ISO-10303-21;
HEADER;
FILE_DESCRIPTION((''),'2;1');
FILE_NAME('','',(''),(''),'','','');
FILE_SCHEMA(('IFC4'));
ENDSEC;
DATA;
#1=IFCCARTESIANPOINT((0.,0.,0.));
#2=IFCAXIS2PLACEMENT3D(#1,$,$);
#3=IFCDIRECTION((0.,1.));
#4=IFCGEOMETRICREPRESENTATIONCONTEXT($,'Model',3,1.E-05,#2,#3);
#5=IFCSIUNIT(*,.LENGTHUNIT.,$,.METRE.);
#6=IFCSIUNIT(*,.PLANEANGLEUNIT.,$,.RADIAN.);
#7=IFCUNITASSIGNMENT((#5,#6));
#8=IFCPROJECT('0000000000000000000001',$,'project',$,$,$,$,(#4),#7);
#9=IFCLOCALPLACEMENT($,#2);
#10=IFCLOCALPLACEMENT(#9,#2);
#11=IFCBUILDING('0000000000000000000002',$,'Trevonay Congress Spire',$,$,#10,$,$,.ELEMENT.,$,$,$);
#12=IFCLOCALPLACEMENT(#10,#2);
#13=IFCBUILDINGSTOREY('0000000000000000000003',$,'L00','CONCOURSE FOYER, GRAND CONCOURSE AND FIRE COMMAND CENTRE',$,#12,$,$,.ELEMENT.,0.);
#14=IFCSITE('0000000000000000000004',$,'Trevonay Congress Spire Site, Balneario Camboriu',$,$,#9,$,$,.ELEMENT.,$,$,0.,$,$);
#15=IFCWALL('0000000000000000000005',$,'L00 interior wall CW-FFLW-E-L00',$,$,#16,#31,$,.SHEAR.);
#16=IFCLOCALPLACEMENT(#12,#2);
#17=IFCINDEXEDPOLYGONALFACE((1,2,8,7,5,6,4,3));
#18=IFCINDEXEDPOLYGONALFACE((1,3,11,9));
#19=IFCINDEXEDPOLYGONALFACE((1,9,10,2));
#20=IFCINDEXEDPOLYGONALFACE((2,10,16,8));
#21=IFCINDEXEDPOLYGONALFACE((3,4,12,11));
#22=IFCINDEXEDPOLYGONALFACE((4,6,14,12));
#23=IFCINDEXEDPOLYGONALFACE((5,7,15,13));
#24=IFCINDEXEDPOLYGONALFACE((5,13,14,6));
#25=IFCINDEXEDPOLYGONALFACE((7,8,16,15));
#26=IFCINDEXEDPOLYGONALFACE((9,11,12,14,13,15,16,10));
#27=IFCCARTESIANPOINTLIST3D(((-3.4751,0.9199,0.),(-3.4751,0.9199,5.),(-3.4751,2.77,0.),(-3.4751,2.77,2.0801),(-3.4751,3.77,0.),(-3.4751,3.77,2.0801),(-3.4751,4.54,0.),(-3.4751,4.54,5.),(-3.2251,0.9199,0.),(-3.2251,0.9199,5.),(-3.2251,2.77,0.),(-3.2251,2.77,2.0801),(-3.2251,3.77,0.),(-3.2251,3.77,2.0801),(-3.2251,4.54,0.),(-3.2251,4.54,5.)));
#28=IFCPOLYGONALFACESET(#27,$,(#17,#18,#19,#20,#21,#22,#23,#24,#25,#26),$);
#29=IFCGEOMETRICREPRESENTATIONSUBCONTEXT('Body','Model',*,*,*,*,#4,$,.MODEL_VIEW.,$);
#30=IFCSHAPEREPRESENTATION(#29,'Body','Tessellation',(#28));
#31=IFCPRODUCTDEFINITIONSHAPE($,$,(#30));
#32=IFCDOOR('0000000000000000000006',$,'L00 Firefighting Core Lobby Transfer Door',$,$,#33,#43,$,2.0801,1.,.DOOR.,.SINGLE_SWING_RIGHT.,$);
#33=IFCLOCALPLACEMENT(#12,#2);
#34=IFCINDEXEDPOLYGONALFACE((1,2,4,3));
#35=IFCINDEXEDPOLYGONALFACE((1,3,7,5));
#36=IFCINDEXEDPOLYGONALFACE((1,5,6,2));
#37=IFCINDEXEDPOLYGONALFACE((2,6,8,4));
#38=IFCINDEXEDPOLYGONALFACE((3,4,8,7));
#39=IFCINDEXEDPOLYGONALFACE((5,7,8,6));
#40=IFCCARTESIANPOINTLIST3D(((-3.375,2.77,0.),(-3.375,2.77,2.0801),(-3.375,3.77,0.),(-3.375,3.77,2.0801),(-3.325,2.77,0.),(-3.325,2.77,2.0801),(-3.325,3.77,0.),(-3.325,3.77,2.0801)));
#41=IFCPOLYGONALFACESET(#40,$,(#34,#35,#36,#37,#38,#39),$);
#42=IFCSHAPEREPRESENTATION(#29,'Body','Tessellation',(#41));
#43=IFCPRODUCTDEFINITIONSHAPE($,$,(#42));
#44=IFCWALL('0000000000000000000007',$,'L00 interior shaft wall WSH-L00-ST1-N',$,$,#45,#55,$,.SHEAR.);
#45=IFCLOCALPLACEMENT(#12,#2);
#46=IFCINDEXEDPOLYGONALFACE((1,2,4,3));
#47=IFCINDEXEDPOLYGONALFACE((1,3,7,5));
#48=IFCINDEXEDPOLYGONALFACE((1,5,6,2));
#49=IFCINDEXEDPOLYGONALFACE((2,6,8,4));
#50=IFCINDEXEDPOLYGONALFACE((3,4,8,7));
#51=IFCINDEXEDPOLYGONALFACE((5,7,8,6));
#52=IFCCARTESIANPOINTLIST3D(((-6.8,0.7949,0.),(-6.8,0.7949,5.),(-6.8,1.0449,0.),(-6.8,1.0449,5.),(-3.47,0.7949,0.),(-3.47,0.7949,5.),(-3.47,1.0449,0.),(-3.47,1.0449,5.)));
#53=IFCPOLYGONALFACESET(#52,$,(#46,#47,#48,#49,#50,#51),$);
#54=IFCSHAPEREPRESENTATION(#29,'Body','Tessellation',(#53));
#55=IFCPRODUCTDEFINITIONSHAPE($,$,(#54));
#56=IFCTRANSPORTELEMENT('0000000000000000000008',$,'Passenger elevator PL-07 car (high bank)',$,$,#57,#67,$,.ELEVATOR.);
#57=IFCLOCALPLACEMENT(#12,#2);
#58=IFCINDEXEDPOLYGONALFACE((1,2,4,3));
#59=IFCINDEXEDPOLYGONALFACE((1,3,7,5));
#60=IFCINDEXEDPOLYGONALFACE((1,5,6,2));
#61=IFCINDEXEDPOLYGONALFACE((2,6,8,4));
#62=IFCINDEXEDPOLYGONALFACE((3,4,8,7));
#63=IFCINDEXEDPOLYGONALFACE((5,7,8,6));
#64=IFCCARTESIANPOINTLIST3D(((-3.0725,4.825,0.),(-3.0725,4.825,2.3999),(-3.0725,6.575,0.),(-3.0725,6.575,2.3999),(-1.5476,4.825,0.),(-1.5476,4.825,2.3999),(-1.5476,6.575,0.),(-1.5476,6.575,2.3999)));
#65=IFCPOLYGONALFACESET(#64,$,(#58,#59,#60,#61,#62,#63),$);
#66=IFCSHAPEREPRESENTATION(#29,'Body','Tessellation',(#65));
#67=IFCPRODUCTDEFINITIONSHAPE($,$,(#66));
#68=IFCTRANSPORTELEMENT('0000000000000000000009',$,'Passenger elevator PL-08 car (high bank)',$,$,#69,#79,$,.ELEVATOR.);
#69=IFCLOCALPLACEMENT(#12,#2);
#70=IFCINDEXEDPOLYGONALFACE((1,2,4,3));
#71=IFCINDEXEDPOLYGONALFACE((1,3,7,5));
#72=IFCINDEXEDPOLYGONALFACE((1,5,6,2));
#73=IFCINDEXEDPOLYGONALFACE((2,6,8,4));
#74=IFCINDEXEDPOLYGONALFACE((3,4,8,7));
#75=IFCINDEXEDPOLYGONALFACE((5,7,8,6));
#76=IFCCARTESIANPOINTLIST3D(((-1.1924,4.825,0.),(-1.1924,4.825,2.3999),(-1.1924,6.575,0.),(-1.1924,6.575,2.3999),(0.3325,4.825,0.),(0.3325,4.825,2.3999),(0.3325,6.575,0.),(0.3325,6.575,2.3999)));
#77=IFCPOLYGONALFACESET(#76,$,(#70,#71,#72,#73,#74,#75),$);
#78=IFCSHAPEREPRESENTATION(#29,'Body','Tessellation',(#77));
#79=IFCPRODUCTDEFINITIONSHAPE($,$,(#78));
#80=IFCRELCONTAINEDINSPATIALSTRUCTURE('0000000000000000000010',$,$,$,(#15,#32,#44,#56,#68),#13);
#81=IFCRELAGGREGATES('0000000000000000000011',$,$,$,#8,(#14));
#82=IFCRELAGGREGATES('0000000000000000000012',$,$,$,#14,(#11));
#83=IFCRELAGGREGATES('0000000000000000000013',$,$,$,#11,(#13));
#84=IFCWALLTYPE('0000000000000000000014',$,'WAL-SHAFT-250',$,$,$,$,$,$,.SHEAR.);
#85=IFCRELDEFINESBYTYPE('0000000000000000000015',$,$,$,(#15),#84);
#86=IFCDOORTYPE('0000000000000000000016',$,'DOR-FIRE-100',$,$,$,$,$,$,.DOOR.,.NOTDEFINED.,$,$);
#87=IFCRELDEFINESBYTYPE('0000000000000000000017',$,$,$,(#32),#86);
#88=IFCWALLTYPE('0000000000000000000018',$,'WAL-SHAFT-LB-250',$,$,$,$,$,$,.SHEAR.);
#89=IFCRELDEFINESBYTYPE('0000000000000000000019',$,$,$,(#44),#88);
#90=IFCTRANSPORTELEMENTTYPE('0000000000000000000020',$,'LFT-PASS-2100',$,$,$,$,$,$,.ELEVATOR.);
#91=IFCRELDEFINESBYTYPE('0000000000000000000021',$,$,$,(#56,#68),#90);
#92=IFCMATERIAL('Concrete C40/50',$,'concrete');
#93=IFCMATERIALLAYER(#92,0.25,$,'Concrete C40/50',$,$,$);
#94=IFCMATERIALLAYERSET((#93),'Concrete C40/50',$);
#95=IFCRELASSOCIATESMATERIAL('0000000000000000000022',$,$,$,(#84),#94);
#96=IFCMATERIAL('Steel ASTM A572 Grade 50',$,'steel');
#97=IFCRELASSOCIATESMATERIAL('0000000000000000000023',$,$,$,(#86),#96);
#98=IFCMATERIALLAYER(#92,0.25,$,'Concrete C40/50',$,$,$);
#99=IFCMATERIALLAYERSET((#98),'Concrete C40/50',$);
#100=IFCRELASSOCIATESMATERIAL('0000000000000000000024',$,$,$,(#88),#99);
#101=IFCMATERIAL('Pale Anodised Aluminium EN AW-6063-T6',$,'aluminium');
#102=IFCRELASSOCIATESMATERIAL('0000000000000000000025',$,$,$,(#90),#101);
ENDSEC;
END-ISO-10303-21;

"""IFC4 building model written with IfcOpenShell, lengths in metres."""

from ifc_helpers import new_model, si_unit, direction, frame, frame_2d, origin, origin_2d, place, context, subcontext, project, spatial, rectangle, extrude, material, layer, layer_set, type_object, element, fill, save


model = new_model("IFC4")

# Units and contexts
model_context = context("Model", 3, precision=1e-05, world=origin(), true_north=direction((0.0, 1.0)))
body_context = subcontext(model_context, "Body", "Model", "MODEL_VIEW")
ifc_project = project(units=[si_unit("LENGTHUNIT", "METRE"), si_unit("PLANEANGLEUNIT", "RADIAN")], contexts=[model_context])

# Site, building, storey
site_placement = place(None, origin())
site = spatial("IfcSite", under=ifc_project, at=site_placement, Name="Trevonay Congress Spire Site, Balneario Camboriu", CompositionType="ELEMENT", RefElevation=0.0)
building_placement = place(site_placement, origin())
building = spatial("IfcBuilding", under=site, at=building_placement, Name="Trevonay Congress Spire", CompositionType="ELEMENT")
storey_placement = place(building_placement, origin())
storey = spatial("IfcBuildingStorey", under=building, at=storey_placement, Name="L00", Description="CONCOURSE FOYER, GRAND CONCOURSE AND FIRE COMMAND CENTRE", CompositionType="ELEMENT", Elevation=0.0)

# Shared definitions
ifc_material_1 = material(Name="Steel ASTM A572 Grade 50", Category="steel")

# Shared definitions
ifc_material_2 = material(Name="Concrete C40/50", Category="concrete")

# Shared definitions
ifc_layer_1 = layer(ifc_material_2, 0.25, Name="Concrete C40/50")
ifc_layer_set_1 = layer_set([ifc_layer_1], Name="Concrete C40/50")
wall_type_1 = type_object("IfcWallType", Name="WAL-SHAFT-250", PredefinedType="SHEAR", material=ifc_layer_set_1)
ifc_material_3 = material(Name="Pale Anodised Aluminium EN AW-6063-T6", Category="aluminium")

# Wall, opening, door
wall_1_placement = place(storey_placement, frame((-3.3501, 0.9199, 0.0), z_axis=(0.0, 0.0, 1.0), x_axis=(0.0, 1.0, 0.0)))
wall_1 = element("IfcWall", 1, at=wall_1_placement, inside=storey, type_object=wall_type_1, Name="L00 interior wall CW-FFLW-E-L00", PredefinedType="SHEAR", context=body_context, shape_type="SweptSolid", body=[
    extrude(rectangle(XDim=3.6201, YDim=0.25, at=frame_2d((1.8101, 0.0))), origin(), (0.0, 0.0, 1.0), 5.0),
])
opening_1_placement = place(wall_1_placement, frame((1.8501, 0.0, 0.0)))
opening_1 = element("IfcOpeningElement", 2, at=opening_1_placement, cuts=wall_1, PredefinedType="OPENING", context=body_context, shape_type="SweptSolid", body=[
    extrude(rectangle(XDim=1.0, YDim=2.0801, at=frame_2d((0.5, 1.04))), frame((0.0, 0.135, 0.0), z_axis=(0.0, -1.0, 0.0), x_axis=(1.0, 0.0, 0.0)), (0.0, 0.0, 1.0), 0.27),
])
door_type_1 = type_object("IfcDoorType", Name="DOR-FIRE-100", OperationType="NOTDEFINED", PredefinedType="DOOR", material=ifc_material_1)
door_1_placement = place(opening_1_placement, origin())
door_1 = element("IfcDoor", 3, at=door_1_placement, inside=storey, type_object=door_type_1, Name="L00 Firefighting Core Lobby Transfer Door", OperationType="SINGLE_SWING_RIGHT", OverallHeight=2.0801, OverallWidth=1.0, PredefinedType="DOOR", context=body_context, shape_type="SweptSolid", body=[
    extrude(rectangle(XDim=1.0, YDim=2.0801, at=frame_2d((0.5, 1.04))), frame((0.0, 0.0249, 0.0), z_axis=(0.0, -1.0, 0.0), x_axis=(1.0, 0.0, 0.0)), (0.0, 0.0, 1.0), 0.05),
])
fill(opening_1, door_1)

# Wall
ifc_layer_2 = layer(ifc_material_2, 0.25, Name="Concrete C40/50")
ifc_layer_set_2 = layer_set([ifc_layer_2], Name="Concrete C40/50")
wall_type_2 = type_object("IfcWallType", Name="WAL-SHAFT-LB-250", PredefinedType="SHEAR", material=ifc_layer_set_2)
wall_2_placement = place(storey_placement, frame((-6.8, 0.9199, 0.0), z_axis=(0.0, 0.0, 1.0), x_axis=(1.0, 0.0, 0.0)))
element("IfcWall", 4, at=wall_2_placement, inside=storey, type_object=wall_type_2, Name="L00 interior shaft wall WSH-L00-ST1-N", PredefinedType="SHEAR", context=body_context, shape_type="SweptSolid", body=[
    extrude(rectangle(XDim=3.3301, YDim=0.25, at=frame_2d((1.665, 0.0))), origin(), (0.0, 0.0, 1.0), 5.0),
])

# Transport elements
transport_element_type = type_object("IfcTransportElementType", Name="LFT-PASS-2100", PredefinedType="ELEVATOR", material=ifc_material_3)
for number, where, z_axis, x_axis, name in (
    (5, (-2.3101, 5.7, 0.0), (0.0, 0.0, 1.0), (1.0, 0.0, 0.0), "Passenger elevator PL-07 car (high bank)"),
    (6, (-0.4299, 5.7, 0.0), (0.0, 0.0, 1.0), (1.0, 0.0, 0.0), "Passenger elevator PL-08 car (high bank)"),
):
    element("IfcTransportElement", number, at=place(storey_placement, frame(where, z_axis=z_axis, x_axis=x_axis)), inside=storey, type_object=transport_element_type, Name=name, PredefinedType="ELEVATOR", context=body_context, shape_type="SweptSolid", body=[
        extrude(rectangle(XDim=1.5249, YDim=1.75, at=origin_2d()), origin(), (0.0, 0.0, 1.0), 2.3999),
    ])

save(model, "model.ifc")
